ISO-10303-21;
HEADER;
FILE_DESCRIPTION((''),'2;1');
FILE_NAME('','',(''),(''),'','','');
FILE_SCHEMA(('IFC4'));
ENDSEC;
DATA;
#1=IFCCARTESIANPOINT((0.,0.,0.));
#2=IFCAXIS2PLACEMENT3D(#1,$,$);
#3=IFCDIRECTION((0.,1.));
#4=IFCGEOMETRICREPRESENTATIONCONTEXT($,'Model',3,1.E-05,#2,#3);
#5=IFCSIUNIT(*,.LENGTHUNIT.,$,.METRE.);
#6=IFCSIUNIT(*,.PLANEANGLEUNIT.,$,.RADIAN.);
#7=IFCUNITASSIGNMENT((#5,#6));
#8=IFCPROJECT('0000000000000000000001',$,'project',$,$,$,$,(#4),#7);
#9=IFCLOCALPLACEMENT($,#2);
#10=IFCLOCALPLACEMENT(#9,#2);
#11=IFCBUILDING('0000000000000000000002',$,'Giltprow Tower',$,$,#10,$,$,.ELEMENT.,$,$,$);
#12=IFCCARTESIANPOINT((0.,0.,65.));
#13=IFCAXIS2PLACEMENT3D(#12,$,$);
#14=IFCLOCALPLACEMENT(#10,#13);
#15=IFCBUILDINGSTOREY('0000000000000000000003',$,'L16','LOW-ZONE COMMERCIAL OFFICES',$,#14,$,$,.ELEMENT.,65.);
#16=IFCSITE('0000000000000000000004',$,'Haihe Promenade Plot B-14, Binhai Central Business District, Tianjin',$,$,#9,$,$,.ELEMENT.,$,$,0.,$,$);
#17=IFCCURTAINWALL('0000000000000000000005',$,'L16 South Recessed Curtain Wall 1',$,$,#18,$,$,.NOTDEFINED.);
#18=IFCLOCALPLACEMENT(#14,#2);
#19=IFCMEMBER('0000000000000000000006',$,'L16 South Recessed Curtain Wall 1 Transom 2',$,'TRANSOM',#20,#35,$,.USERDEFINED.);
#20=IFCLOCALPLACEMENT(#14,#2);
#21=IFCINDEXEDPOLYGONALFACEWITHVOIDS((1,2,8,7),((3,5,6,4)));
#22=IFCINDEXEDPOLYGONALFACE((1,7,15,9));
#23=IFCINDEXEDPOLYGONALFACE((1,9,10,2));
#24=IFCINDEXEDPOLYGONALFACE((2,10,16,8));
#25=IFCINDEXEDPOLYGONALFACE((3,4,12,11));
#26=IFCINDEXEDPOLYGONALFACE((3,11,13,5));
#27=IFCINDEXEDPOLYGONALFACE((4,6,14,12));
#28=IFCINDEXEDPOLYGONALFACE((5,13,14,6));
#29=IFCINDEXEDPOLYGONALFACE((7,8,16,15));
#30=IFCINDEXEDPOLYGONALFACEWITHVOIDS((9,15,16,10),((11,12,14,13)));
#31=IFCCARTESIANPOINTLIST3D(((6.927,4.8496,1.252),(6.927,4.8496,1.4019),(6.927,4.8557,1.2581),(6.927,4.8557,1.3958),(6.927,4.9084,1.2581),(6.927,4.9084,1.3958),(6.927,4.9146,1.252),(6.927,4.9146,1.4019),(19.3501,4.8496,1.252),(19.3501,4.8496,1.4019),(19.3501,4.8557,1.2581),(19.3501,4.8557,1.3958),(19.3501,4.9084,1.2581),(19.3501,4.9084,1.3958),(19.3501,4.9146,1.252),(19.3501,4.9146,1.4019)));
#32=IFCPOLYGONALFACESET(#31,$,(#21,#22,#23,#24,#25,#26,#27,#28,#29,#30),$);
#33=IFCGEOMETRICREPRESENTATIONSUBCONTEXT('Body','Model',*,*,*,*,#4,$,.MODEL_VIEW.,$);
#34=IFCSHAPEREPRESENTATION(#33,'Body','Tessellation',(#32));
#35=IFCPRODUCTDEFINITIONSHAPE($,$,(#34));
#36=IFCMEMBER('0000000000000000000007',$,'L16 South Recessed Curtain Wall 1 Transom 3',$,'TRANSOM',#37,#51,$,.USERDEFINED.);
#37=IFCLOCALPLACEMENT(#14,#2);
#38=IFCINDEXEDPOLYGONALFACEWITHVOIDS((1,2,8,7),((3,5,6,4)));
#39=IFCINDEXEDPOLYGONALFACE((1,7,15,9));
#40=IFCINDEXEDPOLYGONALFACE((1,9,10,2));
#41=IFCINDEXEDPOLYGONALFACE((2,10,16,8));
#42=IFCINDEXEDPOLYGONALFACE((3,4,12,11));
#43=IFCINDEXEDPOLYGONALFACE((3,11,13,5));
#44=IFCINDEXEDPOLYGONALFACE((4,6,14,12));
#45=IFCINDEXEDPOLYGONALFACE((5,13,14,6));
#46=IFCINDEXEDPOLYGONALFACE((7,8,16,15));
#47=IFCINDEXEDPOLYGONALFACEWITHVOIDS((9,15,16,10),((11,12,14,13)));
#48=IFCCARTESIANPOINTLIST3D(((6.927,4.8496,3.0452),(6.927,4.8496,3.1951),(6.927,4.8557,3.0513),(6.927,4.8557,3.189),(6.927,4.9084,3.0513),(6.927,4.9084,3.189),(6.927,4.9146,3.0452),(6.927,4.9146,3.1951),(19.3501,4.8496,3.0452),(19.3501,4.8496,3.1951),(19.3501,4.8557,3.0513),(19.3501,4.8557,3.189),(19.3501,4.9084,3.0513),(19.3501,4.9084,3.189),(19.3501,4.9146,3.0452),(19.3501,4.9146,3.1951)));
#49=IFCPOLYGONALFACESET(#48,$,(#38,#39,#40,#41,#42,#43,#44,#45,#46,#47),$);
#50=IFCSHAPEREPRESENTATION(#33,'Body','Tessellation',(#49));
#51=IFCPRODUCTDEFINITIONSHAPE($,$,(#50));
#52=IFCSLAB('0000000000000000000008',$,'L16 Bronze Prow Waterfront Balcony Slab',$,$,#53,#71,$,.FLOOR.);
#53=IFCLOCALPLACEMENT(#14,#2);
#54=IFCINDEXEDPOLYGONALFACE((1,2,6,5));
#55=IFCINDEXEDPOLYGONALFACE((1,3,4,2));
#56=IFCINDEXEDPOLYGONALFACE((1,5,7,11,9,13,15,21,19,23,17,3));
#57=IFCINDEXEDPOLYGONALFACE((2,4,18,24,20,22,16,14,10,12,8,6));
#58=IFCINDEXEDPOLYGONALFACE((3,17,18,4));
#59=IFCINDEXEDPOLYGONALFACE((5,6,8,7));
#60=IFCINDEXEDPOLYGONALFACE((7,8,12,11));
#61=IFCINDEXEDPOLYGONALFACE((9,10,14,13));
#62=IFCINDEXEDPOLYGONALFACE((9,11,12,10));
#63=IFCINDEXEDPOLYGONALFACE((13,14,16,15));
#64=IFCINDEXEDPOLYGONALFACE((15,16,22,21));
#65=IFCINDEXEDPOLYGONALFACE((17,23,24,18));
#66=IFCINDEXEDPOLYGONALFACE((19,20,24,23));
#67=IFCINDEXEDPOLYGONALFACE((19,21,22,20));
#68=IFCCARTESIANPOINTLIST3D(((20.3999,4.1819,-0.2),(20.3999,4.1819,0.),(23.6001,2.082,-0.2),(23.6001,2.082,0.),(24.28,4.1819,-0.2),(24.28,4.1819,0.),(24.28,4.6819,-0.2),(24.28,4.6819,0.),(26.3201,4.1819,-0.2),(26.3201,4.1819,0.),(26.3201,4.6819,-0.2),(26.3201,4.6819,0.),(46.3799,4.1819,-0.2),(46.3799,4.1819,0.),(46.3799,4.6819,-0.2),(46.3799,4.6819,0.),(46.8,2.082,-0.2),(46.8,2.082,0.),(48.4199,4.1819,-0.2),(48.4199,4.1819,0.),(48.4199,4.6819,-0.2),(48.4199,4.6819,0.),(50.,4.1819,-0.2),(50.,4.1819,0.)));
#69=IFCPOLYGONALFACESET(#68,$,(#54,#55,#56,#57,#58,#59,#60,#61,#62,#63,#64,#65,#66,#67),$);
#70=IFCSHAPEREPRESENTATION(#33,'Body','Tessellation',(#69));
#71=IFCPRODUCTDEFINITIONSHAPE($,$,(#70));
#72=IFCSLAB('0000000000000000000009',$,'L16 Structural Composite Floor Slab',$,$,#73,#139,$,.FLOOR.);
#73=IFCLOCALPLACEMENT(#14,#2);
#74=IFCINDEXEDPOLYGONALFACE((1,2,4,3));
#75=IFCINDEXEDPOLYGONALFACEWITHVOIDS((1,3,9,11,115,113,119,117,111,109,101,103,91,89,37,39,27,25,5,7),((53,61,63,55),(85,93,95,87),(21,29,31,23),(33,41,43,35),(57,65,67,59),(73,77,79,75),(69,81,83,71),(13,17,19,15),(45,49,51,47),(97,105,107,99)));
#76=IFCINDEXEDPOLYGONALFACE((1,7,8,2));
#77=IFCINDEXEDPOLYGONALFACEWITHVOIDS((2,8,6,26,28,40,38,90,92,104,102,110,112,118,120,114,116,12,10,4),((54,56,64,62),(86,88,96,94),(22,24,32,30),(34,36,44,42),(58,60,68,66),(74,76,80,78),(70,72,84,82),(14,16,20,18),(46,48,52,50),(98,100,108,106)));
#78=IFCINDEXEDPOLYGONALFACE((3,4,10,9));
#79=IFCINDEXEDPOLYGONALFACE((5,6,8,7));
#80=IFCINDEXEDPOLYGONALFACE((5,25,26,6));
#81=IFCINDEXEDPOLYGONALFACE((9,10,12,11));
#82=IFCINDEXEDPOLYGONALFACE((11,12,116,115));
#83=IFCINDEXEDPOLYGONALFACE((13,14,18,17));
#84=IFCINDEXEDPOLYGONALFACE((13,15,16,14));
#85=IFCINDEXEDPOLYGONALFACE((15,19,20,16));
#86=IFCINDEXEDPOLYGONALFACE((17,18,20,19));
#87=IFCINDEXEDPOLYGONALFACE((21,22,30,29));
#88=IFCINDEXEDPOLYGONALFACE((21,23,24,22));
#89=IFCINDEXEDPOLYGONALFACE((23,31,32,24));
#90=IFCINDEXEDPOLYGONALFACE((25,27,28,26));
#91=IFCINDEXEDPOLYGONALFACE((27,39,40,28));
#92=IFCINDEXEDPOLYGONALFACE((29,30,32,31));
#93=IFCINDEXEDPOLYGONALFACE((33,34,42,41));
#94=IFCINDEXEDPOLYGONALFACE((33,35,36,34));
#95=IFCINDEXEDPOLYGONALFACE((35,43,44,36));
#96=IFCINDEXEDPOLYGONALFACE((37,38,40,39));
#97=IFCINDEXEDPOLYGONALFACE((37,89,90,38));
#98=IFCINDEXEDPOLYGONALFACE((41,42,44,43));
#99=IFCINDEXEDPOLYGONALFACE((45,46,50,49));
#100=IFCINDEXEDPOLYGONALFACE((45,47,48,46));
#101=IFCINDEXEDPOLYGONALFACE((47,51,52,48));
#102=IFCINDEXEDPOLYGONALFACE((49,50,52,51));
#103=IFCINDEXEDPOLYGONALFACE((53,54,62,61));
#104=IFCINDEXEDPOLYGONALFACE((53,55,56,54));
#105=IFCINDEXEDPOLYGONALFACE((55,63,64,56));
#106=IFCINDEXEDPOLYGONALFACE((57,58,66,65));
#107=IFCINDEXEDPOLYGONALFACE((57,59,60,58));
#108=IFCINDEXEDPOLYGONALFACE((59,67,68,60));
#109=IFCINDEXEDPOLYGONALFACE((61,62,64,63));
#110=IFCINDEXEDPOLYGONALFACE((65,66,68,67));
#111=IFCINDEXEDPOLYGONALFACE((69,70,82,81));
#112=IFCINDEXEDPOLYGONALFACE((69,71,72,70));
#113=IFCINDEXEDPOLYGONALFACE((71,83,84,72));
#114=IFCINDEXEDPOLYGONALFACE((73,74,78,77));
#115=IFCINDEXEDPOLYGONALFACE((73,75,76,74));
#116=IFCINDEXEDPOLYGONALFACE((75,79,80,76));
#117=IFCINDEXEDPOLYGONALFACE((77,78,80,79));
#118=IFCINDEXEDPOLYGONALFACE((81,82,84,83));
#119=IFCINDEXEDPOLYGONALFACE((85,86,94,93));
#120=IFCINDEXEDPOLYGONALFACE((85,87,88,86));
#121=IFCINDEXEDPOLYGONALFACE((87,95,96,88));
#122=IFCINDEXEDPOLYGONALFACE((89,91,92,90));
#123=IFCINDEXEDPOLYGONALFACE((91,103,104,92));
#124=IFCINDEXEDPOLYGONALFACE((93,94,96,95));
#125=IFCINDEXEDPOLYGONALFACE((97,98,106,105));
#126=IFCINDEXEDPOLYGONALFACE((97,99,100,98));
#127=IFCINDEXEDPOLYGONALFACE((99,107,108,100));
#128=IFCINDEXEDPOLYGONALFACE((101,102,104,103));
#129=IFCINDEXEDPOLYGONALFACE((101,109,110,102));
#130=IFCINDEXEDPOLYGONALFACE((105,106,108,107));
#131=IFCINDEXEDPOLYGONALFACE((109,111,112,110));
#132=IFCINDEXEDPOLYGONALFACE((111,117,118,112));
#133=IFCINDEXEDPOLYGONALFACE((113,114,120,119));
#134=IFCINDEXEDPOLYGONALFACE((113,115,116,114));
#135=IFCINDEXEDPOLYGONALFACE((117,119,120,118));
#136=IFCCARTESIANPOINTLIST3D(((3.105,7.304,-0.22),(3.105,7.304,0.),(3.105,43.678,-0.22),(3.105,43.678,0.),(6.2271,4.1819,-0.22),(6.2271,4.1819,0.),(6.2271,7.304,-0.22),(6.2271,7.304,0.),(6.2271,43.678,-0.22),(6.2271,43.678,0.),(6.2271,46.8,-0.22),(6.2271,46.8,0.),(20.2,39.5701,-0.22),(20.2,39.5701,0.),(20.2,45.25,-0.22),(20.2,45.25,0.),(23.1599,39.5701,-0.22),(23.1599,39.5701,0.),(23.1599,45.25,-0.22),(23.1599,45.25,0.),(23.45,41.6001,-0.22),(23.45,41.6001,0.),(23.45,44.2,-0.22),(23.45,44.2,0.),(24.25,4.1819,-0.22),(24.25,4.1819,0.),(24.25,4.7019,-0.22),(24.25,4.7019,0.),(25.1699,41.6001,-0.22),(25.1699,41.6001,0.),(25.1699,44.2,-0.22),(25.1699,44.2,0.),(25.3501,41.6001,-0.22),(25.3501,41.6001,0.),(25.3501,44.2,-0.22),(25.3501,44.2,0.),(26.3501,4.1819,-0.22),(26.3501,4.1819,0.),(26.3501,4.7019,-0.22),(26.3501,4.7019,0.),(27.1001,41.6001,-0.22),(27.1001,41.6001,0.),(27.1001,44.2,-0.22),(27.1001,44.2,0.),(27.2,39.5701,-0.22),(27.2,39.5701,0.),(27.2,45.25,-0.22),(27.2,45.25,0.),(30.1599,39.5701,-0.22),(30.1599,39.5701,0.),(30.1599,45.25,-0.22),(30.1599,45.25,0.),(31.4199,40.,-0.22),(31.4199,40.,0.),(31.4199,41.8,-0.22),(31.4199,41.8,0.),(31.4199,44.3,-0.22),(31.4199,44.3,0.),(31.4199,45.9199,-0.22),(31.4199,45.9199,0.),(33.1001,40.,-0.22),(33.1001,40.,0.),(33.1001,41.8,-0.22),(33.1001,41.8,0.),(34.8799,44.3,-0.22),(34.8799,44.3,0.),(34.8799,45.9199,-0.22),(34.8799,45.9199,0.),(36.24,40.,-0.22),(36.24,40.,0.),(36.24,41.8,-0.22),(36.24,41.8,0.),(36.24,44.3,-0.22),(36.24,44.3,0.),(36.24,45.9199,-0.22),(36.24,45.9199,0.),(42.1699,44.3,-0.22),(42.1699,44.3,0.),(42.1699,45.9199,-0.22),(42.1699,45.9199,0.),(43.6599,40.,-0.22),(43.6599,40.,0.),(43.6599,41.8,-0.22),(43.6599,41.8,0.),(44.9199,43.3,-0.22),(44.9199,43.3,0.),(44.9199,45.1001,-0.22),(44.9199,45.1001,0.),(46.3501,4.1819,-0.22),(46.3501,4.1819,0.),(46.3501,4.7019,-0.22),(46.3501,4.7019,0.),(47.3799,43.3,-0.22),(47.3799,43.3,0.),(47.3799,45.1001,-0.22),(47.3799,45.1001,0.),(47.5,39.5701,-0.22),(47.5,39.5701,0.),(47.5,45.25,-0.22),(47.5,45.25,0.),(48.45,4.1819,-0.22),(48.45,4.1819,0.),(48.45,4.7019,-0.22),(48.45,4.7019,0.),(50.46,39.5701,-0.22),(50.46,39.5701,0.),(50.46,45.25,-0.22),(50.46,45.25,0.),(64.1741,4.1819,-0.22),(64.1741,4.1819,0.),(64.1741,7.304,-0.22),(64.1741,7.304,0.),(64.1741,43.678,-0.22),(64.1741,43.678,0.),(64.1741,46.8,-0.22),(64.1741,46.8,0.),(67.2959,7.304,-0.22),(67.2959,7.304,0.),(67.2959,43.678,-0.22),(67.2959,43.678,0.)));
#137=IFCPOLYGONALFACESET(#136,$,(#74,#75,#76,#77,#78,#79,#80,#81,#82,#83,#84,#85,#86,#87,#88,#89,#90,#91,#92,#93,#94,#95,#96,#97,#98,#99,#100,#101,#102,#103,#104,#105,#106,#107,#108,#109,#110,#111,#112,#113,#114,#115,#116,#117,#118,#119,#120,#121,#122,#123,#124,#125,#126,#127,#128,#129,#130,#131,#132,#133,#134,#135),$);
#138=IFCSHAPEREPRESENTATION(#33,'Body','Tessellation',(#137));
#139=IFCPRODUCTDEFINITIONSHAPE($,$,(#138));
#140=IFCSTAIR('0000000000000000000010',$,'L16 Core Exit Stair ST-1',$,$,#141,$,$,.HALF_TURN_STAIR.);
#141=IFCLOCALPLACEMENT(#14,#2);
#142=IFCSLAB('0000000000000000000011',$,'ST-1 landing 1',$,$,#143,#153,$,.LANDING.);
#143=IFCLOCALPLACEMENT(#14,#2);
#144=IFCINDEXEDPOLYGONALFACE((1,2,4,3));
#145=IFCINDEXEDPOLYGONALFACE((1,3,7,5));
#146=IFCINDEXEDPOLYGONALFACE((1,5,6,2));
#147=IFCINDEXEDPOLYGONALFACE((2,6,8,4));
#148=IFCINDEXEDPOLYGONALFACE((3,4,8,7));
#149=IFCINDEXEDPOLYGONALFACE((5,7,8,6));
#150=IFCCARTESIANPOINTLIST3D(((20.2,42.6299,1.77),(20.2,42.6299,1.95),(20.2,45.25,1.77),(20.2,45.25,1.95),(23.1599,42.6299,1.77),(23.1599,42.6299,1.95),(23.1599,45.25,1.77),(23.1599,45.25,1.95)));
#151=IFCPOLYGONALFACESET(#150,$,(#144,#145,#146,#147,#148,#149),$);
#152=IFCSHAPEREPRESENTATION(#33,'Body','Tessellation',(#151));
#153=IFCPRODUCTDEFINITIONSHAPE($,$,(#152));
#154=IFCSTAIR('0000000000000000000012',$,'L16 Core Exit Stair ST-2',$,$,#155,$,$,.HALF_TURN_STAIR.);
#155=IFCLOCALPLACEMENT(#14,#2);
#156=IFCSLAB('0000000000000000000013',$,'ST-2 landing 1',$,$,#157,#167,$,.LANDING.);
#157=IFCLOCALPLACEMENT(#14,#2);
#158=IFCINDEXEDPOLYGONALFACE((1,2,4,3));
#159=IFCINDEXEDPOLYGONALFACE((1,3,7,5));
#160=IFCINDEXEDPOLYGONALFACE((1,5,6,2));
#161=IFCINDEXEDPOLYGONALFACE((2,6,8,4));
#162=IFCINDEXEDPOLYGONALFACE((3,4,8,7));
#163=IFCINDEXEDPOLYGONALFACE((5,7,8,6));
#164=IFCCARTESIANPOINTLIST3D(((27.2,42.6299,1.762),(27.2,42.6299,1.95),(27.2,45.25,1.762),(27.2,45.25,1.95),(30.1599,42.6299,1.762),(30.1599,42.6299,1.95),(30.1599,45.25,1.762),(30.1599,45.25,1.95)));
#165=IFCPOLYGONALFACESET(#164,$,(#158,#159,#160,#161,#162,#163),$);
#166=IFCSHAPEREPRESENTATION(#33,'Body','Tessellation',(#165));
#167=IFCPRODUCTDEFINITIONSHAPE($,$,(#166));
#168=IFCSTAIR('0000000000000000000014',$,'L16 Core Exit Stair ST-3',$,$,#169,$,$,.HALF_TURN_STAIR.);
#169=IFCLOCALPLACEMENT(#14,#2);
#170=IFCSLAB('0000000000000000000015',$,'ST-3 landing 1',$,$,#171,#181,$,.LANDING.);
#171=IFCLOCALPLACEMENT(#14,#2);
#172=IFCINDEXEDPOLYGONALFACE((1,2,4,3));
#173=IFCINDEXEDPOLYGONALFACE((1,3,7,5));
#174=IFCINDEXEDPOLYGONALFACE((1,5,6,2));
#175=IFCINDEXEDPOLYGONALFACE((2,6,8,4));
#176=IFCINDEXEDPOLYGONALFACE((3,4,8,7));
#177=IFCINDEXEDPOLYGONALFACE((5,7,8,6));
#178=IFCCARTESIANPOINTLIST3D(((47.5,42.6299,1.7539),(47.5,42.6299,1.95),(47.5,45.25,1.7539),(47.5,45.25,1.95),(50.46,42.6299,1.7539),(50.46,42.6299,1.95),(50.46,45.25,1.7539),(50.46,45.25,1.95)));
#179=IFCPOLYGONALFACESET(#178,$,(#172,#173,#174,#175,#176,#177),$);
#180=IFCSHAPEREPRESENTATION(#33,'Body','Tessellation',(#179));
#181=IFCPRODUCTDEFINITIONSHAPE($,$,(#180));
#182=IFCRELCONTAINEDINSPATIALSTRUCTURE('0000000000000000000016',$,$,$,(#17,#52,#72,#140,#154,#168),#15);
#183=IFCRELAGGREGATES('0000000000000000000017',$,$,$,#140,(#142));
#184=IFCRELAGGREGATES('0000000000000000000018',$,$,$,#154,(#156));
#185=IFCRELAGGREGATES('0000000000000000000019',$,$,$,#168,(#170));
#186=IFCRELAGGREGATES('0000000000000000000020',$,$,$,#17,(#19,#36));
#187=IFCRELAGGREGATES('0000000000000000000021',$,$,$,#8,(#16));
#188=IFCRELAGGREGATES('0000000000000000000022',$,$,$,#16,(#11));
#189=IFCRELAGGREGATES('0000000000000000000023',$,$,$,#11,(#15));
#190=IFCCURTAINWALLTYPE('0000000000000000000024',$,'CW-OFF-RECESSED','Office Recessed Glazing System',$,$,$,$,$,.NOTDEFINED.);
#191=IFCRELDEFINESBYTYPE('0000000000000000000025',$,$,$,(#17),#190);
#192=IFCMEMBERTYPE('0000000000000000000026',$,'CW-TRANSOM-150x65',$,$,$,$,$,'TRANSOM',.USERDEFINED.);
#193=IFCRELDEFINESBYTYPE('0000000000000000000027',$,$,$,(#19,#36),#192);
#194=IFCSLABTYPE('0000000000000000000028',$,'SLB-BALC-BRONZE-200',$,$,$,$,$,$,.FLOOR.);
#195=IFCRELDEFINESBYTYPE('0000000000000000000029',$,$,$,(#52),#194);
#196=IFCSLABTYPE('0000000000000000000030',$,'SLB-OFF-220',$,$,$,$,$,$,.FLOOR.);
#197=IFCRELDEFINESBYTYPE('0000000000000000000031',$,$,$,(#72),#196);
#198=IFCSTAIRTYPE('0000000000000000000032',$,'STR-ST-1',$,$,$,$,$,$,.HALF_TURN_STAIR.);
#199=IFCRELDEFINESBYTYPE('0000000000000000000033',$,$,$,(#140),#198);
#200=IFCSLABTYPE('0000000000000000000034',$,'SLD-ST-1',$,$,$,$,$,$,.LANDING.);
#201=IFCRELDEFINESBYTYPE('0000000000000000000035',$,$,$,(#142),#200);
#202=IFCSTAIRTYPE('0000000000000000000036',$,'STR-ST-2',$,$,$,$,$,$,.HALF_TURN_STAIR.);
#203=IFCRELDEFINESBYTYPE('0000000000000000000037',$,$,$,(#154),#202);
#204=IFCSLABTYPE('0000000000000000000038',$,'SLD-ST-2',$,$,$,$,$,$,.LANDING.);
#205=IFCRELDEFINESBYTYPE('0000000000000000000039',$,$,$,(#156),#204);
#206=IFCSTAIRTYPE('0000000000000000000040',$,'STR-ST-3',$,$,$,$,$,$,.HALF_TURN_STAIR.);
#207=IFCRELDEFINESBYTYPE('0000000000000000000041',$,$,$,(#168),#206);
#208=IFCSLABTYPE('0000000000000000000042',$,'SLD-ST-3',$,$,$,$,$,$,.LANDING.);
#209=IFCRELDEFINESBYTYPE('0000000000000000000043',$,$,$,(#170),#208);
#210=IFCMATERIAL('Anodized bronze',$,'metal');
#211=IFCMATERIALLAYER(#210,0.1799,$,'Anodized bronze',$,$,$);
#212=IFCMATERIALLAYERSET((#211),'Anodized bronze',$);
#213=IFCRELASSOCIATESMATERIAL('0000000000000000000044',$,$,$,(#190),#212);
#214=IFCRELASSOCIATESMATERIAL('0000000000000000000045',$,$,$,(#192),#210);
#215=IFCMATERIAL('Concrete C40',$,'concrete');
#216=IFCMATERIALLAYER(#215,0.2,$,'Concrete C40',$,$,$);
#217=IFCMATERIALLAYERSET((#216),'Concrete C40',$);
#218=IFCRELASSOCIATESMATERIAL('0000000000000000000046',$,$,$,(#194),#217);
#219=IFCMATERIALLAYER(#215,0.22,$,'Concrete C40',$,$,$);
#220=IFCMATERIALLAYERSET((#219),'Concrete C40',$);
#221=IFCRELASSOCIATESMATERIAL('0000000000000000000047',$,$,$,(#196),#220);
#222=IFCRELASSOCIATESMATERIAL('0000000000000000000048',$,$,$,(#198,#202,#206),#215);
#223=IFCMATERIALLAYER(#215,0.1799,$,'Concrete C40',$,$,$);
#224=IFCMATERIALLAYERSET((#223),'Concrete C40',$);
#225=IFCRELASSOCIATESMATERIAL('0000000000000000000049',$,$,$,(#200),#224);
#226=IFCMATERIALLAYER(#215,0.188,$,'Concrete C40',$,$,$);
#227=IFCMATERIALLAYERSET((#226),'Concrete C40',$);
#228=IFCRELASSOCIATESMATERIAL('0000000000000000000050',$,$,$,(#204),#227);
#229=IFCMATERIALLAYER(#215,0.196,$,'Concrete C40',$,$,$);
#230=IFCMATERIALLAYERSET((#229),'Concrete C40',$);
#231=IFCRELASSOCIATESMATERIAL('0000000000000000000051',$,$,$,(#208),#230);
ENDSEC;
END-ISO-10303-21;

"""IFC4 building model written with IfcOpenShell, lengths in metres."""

from ifc_helpers import new_model, si_unit, direction, frame, origin, origin_2d, place, context, subcontext, project, spatial, polyline, hollow_rectangle, outline, extrude, source, transform, mapped, material, layer, layer_set, material_profile, profile_set, type_object, element, aggregate, save


model = new_model("IFC4")

# Units and contexts
model_context = context("Model", 3, precision=1e-05, world=origin(), true_north=direction((0.0, 1.0)))
body_context = subcontext(model_context, "Body", "Model", "MODEL_VIEW")
ifc_project = project(units=[si_unit("LENGTHUNIT", "METRE"), si_unit("PLANEANGLEUNIT", "RADIAN")], contexts=[model_context])

# Site, building, storey
site_placement = place(None, origin())
site = spatial("IfcSite", under=ifc_project, at=site_placement, Name="Haihe Promenade Plot B-14, Binhai Central Business District, Tianjin", CompositionType="ELEMENT", RefElevation=0.0)
building_placement = place(site_placement, origin())
building = spatial("IfcBuilding", under=site, at=building_placement, Name="Giltprow Tower", CompositionType="ELEMENT")
storey_placement = place(building_placement, frame((0.0, 0.0, 65.0)))
storey = spatial("IfcBuildingStorey", under=building, at=storey_placement, Name="L16", Description="LOW-ZONE COMMERCIAL OFFICES", CompositionType="ELEMENT", Elevation=65.0)

# Curtain wall, members
ifc_material_1 = material(Name="Anodized bronze", Category="metal")
ifc_layer_1 = layer(ifc_material_1, 0.1799, Name="Anodized bronze")
ifc_layer_set_1 = layer_set([ifc_layer_1], Name="Anodized bronze")
curtain_wall_type = type_object("IfcCurtainWallType", Name="CW-OFF-RECESSED", Description="Office Recessed Glazing System", PredefinedType="NOTDEFINED", material=ifc_layer_set_1)
curtain_wall_placement = place(storey_placement, origin())
curtain_wall = element("IfcCurtainWall", 1, at=curtain_wall_placement, inside=storey, type_object=curtain_wall_type, Name="L16 South Recessed Curtain Wall 1", PredefinedType="NOTDEFINED")
ifc_material_profile_1 = material_profile(ifc_material_1, hollow_rectangle(XDim=0.0649, YDim=0.1499, WallThickness=0.0061, at=origin_2d()), Name="RHS 150x65x6")
ifc_profile_set_1 = profile_set([ifc_material_profile_1], Name="Anodized bronze")
member_type_1 = type_object("IfcMemberType", Name="CW-TRANSOM-150x65", ElementType="TRANSOM", PredefinedType="USERDEFINED", material=ifc_profile_set_1)
shared_shape_1 = source(origin(), body_context, "Body", "SweptSolid", [
    extrude(hollow_rectangle(XDim=0.0649, YDim=0.1499, WallThickness=0.0061, at=origin_2d()), origin(), (0.0, 0.0, 1.0), 12.4231),
])
member_1_placement = place(storey_placement, frame((6.927, 4.8821, 1.3269), z_axis=(1.0, 0.0, 0.0), x_axis=(0.0, 1.0, 0.0)))
member_1 = element("IfcMember", 2, at=member_1_placement, type_object=member_type_1, Name="L16 South Recessed Curtain Wall 1 Transom 2", ObjectType="TRANSOM", PredefinedType="USERDEFINED", context=body_context, shape_type="MappedRepresentation", body=[
    mapped(shared_shape_1, transform((0.0, 0.0, 0.0), x_axis=(1.0, 0.0, 0.0), y_axis=(0.0, 1.0, 0.0), z_axis=(0.0, 0.0, 1.0), scale=1.0)),
])
member_2_placement = place(storey_placement, frame((6.927, 4.8821, 3.1201), z_axis=(1.0, 0.0, 0.0), x_axis=(0.0, 1.0, 0.0)))
member_2 = element("IfcMember", 3, at=member_2_placement, type_object=member_type_1, Name="L16 South Recessed Curtain Wall 1 Transom 3", ObjectType="TRANSOM", PredefinedType="USERDEFINED", context=body_context, shape_type="MappedRepresentation", body=[
    mapped(shared_shape_1, transform((0.0, 0.0, 0.0), x_axis=(1.0, 0.0, 0.0), y_axis=(0.0, 1.0, 0.0), z_axis=(0.0, 0.0, 1.0), scale=1.0)),
])

# Slabs
ifc_material_2 = material(Name="Concrete C40", Category="concrete")
ifc_layer_2 = layer(ifc_material_2, 0.2, Name="Concrete C40")
ifc_layer_set_2 = layer_set([ifc_layer_2], Name="Concrete C40")
slab_type_1 = type_object("IfcSlabType", Name="SLB-BALC-BRONZE-200", PredefinedType="FLOOR", material=ifc_layer_set_2)
slab_1_placement = place(storey_placement, frame((0.0, 0.0, -0.2)))
element("IfcSlab", 4, at=slab_1_placement, inside=storey, type_object=slab_type_1, Name="L16 Bronze Prow Waterfront Balcony Slab", PredefinedType="FLOOR", context=body_context, shape_type="SweptSolid", body=[
    extrude(outline(polyline([(50.0, 4.1819), (46.8, 2.082), (23.6001, 2.082), (20.3999, 4.1819), (24.28, 4.1819), (24.28, 4.6819), (26.3201, 4.6819), (26.3201, 4.1819), (46.3799, 4.1819), (46.3799, 4.6819), (48.4199, 4.6819), (48.4199, 4.1819), (50.0, 4.1819)])), origin(), (0.0, 0.0, 1.0), 0.2),
])
ifc_layer_3 = layer(ifc_material_2, 0.22, Name="Concrete C40")
ifc_layer_set_3 = layer_set([ifc_layer_3], Name="Concrete C40")
slab_type_2 = type_object("IfcSlabType", Name="SLB-OFF-220", PredefinedType="FLOOR", material=ifc_layer_set_3)
slab_2_placement = place(storey_placement, frame((0.0, 0.0, -0.22)))
element("IfcSlab", 5, at=slab_2_placement, inside=storey, type_object=slab_type_2, Name="L16 Structural Composite Floor Slab", PredefinedType="FLOOR", context=body_context, shape_type="SweptSolid", body=[
    extrude(outline(polyline([(6.2271, 4.1819), (6.2271, 7.304), (3.105, 7.304), (3.105, 43.678), (6.2271, 43.678), (6.2271, 46.8), (64.1741, 46.8), (64.1741, 43.678), (67.2959, 43.678), (67.2959, 7.304), (64.1741, 7.304), (64.1741, 4.1819), (48.45, 4.1819), (48.45, 4.7019), (46.3501, 4.7019), (46.3501, 4.1819), (26.3501, 4.1819), (26.3501, 4.7019), (24.25, 4.7019), (24.25, 4.1819), (6.2271, 4.1819)]), holes=[polyline([(33.1001, 41.8), (31.4199, 41.8), (31.4199, 40.0), (33.1001, 40.0), (33.1001, 41.8)]), polyline([(23.1599, 39.5701), (23.1599, 45.25), (20.2, 45.25), (20.2, 39.5701), (23.1599, 39.5701)]), polyline([(30.1599, 45.25), (27.2, 45.25), (27.2, 39.5701), (30.1599, 39.5701), (30.1599, 45.25)]), polyline([(25.1699, 41.6001), (25.1699, 44.2), (23.45, 44.2), (23.45, 41.6001), (25.1699, 41.6001)]), polyline([(27.1001, 41.6001), (27.1001, 44.2), (25.3501, 44.2), (25.3501, 41.6001), (27.1001, 41.6001)]), polyline([(43.6599, 40.0), (43.6599, 41.8), (36.24, 41.8), (36.24, 40.0), (43.6599, 40.0)]), polyline([(50.46, 39.5701), (50.46, 45.25), (47.5, 45.25), (47.5, 39.5701), (50.46, 39.5701)]), polyline([(47.3799, 45.1001), (44.9199, 45.1001), (44.9199, 43.3), (47.3799, 43.3), (47.3799, 45.1001)]), polyline([(34.8799, 44.3), (34.8799, 45.9199), (31.4199, 45.9199), (31.4199, 44.3), (34.8799, 44.3)]), polyline([(42.1699, 44.3), (42.1699, 45.9199), (36.24, 45.9199), (36.24, 44.3), (42.1699, 44.3)])]), origin(), (0.0, 0.0, 1.0), 0.22),
])

# Stairs, slabs
stair_type_1 = type_object("IfcStairType", Name="STR-ST-1", PredefinedType="HALF_TURN_STAIR", material=ifc_material_2)
stair_1_placement = place(storey_placement, origin())
stair_1 = element("IfcStair", 6, at=stair_1_placement, inside=storey, type_object=stair_type_1, Name="L16 Core Exit Stair ST-1", PredefinedType="HALF_TURN_STAIR")
ifc_layer_4 = layer(ifc_material_2, 0.1799, Name="Concrete C40")
ifc_layer_set_4 = layer_set([ifc_layer_4], Name="Concrete C40")
slab_type_3 = type_object("IfcSlabType", Name="SLD-ST-1", PredefinedType="LANDING", material=ifc_layer_set_4)
slab_3_placement = place(storey_placement, frame((0.0, 0.0, 1.77)))
slab_3 = element("IfcSlab", 7, at=slab_3_placement, type_object=slab_type_3, Name="ST-1 landing 1", PredefinedType="LANDING", context=body_context, shape_type="SweptSolid", body=[
    extrude(outline(polyline([(23.1599, 42.6299), (23.1599, 45.25), (20.2, 45.25), (20.2, 42.6299), (23.1599, 42.6299)])), origin(), (0.0, 0.0, 1.0), 0.1799),
])
aggregate(stair_1, [slab_3])
stair_type_2 = type_object("IfcStairType", Name="STR-ST-2", PredefinedType="HALF_TURN_STAIR", material=ifc_material_2)
stair_2_placement = place(storey_placement, origin())
stair_2 = element("IfcStair", 8, at=stair_2_placement, inside=storey, type_object=stair_type_2, Name="L16 Core Exit Stair ST-2", PredefinedType="HALF_TURN_STAIR")
ifc_layer_5 = layer(ifc_material_2, 0.188, Name="Concrete C40")
ifc_layer_set_5 = layer_set([ifc_layer_5], Name="Concrete C40")
slab_type_4 = type_object("IfcSlabType", Name="SLD-ST-2", PredefinedType="LANDING", material=ifc_layer_set_5)
slab_4_placement = place(storey_placement, frame((0.0, 0.0, 1.762)))
slab_4 = element("IfcSlab", 9, at=slab_4_placement, type_object=slab_type_4, Name="ST-2 landing 1", PredefinedType="LANDING", context=body_context, shape_type="SweptSolid", body=[
    extrude(outline(polyline([(30.1599, 42.6299), (30.1599, 45.25), (27.2, 45.25), (27.2, 42.6299), (30.1599, 42.6299)])), origin(), (0.0, 0.0, 1.0), 0.188),
])
aggregate(stair_2, [slab_4])
stair_type_3 = type_object("IfcStairType", Name="STR-ST-3", PredefinedType="HALF_TURN_STAIR", material=ifc_material_2)
stair_3_placement = place(storey_placement, origin())
stair_3 = element("IfcStair", 10, at=stair_3_placement, inside=storey, type_object=stair_type_3, Name="L16 Core Exit Stair ST-3", PredefinedType="HALF_TURN_STAIR")
ifc_layer_6 = layer(ifc_material_2, 0.196, Name="Concrete C40")
ifc_layer_set_6 = layer_set([ifc_layer_6], Name="Concrete C40")
slab_type_5 = type_object("IfcSlabType", Name="SLD-ST-3", PredefinedType="LANDING", material=ifc_layer_set_6)
slab_5_placement = place(storey_placement, frame((0.0, 0.0, 1.7539)))
slab_5 = element("IfcSlab", 11, at=slab_5_placement, type_object=slab_type_5, Name="ST-3 landing 1", PredefinedType="LANDING", context=body_context, shape_type="SweptSolid", body=[
    extrude(outline(polyline([(50.46, 42.6299), (50.46, 45.25), (47.5, 45.25), (47.5, 42.6299), (50.46, 42.6299)])), origin(), (0.0, 0.0, 1.0), 0.196),
])
aggregate(stair_3, [slab_5])

aggregate(curtain_wall, [member_1, member_2])

save(model, "model.ifc")
